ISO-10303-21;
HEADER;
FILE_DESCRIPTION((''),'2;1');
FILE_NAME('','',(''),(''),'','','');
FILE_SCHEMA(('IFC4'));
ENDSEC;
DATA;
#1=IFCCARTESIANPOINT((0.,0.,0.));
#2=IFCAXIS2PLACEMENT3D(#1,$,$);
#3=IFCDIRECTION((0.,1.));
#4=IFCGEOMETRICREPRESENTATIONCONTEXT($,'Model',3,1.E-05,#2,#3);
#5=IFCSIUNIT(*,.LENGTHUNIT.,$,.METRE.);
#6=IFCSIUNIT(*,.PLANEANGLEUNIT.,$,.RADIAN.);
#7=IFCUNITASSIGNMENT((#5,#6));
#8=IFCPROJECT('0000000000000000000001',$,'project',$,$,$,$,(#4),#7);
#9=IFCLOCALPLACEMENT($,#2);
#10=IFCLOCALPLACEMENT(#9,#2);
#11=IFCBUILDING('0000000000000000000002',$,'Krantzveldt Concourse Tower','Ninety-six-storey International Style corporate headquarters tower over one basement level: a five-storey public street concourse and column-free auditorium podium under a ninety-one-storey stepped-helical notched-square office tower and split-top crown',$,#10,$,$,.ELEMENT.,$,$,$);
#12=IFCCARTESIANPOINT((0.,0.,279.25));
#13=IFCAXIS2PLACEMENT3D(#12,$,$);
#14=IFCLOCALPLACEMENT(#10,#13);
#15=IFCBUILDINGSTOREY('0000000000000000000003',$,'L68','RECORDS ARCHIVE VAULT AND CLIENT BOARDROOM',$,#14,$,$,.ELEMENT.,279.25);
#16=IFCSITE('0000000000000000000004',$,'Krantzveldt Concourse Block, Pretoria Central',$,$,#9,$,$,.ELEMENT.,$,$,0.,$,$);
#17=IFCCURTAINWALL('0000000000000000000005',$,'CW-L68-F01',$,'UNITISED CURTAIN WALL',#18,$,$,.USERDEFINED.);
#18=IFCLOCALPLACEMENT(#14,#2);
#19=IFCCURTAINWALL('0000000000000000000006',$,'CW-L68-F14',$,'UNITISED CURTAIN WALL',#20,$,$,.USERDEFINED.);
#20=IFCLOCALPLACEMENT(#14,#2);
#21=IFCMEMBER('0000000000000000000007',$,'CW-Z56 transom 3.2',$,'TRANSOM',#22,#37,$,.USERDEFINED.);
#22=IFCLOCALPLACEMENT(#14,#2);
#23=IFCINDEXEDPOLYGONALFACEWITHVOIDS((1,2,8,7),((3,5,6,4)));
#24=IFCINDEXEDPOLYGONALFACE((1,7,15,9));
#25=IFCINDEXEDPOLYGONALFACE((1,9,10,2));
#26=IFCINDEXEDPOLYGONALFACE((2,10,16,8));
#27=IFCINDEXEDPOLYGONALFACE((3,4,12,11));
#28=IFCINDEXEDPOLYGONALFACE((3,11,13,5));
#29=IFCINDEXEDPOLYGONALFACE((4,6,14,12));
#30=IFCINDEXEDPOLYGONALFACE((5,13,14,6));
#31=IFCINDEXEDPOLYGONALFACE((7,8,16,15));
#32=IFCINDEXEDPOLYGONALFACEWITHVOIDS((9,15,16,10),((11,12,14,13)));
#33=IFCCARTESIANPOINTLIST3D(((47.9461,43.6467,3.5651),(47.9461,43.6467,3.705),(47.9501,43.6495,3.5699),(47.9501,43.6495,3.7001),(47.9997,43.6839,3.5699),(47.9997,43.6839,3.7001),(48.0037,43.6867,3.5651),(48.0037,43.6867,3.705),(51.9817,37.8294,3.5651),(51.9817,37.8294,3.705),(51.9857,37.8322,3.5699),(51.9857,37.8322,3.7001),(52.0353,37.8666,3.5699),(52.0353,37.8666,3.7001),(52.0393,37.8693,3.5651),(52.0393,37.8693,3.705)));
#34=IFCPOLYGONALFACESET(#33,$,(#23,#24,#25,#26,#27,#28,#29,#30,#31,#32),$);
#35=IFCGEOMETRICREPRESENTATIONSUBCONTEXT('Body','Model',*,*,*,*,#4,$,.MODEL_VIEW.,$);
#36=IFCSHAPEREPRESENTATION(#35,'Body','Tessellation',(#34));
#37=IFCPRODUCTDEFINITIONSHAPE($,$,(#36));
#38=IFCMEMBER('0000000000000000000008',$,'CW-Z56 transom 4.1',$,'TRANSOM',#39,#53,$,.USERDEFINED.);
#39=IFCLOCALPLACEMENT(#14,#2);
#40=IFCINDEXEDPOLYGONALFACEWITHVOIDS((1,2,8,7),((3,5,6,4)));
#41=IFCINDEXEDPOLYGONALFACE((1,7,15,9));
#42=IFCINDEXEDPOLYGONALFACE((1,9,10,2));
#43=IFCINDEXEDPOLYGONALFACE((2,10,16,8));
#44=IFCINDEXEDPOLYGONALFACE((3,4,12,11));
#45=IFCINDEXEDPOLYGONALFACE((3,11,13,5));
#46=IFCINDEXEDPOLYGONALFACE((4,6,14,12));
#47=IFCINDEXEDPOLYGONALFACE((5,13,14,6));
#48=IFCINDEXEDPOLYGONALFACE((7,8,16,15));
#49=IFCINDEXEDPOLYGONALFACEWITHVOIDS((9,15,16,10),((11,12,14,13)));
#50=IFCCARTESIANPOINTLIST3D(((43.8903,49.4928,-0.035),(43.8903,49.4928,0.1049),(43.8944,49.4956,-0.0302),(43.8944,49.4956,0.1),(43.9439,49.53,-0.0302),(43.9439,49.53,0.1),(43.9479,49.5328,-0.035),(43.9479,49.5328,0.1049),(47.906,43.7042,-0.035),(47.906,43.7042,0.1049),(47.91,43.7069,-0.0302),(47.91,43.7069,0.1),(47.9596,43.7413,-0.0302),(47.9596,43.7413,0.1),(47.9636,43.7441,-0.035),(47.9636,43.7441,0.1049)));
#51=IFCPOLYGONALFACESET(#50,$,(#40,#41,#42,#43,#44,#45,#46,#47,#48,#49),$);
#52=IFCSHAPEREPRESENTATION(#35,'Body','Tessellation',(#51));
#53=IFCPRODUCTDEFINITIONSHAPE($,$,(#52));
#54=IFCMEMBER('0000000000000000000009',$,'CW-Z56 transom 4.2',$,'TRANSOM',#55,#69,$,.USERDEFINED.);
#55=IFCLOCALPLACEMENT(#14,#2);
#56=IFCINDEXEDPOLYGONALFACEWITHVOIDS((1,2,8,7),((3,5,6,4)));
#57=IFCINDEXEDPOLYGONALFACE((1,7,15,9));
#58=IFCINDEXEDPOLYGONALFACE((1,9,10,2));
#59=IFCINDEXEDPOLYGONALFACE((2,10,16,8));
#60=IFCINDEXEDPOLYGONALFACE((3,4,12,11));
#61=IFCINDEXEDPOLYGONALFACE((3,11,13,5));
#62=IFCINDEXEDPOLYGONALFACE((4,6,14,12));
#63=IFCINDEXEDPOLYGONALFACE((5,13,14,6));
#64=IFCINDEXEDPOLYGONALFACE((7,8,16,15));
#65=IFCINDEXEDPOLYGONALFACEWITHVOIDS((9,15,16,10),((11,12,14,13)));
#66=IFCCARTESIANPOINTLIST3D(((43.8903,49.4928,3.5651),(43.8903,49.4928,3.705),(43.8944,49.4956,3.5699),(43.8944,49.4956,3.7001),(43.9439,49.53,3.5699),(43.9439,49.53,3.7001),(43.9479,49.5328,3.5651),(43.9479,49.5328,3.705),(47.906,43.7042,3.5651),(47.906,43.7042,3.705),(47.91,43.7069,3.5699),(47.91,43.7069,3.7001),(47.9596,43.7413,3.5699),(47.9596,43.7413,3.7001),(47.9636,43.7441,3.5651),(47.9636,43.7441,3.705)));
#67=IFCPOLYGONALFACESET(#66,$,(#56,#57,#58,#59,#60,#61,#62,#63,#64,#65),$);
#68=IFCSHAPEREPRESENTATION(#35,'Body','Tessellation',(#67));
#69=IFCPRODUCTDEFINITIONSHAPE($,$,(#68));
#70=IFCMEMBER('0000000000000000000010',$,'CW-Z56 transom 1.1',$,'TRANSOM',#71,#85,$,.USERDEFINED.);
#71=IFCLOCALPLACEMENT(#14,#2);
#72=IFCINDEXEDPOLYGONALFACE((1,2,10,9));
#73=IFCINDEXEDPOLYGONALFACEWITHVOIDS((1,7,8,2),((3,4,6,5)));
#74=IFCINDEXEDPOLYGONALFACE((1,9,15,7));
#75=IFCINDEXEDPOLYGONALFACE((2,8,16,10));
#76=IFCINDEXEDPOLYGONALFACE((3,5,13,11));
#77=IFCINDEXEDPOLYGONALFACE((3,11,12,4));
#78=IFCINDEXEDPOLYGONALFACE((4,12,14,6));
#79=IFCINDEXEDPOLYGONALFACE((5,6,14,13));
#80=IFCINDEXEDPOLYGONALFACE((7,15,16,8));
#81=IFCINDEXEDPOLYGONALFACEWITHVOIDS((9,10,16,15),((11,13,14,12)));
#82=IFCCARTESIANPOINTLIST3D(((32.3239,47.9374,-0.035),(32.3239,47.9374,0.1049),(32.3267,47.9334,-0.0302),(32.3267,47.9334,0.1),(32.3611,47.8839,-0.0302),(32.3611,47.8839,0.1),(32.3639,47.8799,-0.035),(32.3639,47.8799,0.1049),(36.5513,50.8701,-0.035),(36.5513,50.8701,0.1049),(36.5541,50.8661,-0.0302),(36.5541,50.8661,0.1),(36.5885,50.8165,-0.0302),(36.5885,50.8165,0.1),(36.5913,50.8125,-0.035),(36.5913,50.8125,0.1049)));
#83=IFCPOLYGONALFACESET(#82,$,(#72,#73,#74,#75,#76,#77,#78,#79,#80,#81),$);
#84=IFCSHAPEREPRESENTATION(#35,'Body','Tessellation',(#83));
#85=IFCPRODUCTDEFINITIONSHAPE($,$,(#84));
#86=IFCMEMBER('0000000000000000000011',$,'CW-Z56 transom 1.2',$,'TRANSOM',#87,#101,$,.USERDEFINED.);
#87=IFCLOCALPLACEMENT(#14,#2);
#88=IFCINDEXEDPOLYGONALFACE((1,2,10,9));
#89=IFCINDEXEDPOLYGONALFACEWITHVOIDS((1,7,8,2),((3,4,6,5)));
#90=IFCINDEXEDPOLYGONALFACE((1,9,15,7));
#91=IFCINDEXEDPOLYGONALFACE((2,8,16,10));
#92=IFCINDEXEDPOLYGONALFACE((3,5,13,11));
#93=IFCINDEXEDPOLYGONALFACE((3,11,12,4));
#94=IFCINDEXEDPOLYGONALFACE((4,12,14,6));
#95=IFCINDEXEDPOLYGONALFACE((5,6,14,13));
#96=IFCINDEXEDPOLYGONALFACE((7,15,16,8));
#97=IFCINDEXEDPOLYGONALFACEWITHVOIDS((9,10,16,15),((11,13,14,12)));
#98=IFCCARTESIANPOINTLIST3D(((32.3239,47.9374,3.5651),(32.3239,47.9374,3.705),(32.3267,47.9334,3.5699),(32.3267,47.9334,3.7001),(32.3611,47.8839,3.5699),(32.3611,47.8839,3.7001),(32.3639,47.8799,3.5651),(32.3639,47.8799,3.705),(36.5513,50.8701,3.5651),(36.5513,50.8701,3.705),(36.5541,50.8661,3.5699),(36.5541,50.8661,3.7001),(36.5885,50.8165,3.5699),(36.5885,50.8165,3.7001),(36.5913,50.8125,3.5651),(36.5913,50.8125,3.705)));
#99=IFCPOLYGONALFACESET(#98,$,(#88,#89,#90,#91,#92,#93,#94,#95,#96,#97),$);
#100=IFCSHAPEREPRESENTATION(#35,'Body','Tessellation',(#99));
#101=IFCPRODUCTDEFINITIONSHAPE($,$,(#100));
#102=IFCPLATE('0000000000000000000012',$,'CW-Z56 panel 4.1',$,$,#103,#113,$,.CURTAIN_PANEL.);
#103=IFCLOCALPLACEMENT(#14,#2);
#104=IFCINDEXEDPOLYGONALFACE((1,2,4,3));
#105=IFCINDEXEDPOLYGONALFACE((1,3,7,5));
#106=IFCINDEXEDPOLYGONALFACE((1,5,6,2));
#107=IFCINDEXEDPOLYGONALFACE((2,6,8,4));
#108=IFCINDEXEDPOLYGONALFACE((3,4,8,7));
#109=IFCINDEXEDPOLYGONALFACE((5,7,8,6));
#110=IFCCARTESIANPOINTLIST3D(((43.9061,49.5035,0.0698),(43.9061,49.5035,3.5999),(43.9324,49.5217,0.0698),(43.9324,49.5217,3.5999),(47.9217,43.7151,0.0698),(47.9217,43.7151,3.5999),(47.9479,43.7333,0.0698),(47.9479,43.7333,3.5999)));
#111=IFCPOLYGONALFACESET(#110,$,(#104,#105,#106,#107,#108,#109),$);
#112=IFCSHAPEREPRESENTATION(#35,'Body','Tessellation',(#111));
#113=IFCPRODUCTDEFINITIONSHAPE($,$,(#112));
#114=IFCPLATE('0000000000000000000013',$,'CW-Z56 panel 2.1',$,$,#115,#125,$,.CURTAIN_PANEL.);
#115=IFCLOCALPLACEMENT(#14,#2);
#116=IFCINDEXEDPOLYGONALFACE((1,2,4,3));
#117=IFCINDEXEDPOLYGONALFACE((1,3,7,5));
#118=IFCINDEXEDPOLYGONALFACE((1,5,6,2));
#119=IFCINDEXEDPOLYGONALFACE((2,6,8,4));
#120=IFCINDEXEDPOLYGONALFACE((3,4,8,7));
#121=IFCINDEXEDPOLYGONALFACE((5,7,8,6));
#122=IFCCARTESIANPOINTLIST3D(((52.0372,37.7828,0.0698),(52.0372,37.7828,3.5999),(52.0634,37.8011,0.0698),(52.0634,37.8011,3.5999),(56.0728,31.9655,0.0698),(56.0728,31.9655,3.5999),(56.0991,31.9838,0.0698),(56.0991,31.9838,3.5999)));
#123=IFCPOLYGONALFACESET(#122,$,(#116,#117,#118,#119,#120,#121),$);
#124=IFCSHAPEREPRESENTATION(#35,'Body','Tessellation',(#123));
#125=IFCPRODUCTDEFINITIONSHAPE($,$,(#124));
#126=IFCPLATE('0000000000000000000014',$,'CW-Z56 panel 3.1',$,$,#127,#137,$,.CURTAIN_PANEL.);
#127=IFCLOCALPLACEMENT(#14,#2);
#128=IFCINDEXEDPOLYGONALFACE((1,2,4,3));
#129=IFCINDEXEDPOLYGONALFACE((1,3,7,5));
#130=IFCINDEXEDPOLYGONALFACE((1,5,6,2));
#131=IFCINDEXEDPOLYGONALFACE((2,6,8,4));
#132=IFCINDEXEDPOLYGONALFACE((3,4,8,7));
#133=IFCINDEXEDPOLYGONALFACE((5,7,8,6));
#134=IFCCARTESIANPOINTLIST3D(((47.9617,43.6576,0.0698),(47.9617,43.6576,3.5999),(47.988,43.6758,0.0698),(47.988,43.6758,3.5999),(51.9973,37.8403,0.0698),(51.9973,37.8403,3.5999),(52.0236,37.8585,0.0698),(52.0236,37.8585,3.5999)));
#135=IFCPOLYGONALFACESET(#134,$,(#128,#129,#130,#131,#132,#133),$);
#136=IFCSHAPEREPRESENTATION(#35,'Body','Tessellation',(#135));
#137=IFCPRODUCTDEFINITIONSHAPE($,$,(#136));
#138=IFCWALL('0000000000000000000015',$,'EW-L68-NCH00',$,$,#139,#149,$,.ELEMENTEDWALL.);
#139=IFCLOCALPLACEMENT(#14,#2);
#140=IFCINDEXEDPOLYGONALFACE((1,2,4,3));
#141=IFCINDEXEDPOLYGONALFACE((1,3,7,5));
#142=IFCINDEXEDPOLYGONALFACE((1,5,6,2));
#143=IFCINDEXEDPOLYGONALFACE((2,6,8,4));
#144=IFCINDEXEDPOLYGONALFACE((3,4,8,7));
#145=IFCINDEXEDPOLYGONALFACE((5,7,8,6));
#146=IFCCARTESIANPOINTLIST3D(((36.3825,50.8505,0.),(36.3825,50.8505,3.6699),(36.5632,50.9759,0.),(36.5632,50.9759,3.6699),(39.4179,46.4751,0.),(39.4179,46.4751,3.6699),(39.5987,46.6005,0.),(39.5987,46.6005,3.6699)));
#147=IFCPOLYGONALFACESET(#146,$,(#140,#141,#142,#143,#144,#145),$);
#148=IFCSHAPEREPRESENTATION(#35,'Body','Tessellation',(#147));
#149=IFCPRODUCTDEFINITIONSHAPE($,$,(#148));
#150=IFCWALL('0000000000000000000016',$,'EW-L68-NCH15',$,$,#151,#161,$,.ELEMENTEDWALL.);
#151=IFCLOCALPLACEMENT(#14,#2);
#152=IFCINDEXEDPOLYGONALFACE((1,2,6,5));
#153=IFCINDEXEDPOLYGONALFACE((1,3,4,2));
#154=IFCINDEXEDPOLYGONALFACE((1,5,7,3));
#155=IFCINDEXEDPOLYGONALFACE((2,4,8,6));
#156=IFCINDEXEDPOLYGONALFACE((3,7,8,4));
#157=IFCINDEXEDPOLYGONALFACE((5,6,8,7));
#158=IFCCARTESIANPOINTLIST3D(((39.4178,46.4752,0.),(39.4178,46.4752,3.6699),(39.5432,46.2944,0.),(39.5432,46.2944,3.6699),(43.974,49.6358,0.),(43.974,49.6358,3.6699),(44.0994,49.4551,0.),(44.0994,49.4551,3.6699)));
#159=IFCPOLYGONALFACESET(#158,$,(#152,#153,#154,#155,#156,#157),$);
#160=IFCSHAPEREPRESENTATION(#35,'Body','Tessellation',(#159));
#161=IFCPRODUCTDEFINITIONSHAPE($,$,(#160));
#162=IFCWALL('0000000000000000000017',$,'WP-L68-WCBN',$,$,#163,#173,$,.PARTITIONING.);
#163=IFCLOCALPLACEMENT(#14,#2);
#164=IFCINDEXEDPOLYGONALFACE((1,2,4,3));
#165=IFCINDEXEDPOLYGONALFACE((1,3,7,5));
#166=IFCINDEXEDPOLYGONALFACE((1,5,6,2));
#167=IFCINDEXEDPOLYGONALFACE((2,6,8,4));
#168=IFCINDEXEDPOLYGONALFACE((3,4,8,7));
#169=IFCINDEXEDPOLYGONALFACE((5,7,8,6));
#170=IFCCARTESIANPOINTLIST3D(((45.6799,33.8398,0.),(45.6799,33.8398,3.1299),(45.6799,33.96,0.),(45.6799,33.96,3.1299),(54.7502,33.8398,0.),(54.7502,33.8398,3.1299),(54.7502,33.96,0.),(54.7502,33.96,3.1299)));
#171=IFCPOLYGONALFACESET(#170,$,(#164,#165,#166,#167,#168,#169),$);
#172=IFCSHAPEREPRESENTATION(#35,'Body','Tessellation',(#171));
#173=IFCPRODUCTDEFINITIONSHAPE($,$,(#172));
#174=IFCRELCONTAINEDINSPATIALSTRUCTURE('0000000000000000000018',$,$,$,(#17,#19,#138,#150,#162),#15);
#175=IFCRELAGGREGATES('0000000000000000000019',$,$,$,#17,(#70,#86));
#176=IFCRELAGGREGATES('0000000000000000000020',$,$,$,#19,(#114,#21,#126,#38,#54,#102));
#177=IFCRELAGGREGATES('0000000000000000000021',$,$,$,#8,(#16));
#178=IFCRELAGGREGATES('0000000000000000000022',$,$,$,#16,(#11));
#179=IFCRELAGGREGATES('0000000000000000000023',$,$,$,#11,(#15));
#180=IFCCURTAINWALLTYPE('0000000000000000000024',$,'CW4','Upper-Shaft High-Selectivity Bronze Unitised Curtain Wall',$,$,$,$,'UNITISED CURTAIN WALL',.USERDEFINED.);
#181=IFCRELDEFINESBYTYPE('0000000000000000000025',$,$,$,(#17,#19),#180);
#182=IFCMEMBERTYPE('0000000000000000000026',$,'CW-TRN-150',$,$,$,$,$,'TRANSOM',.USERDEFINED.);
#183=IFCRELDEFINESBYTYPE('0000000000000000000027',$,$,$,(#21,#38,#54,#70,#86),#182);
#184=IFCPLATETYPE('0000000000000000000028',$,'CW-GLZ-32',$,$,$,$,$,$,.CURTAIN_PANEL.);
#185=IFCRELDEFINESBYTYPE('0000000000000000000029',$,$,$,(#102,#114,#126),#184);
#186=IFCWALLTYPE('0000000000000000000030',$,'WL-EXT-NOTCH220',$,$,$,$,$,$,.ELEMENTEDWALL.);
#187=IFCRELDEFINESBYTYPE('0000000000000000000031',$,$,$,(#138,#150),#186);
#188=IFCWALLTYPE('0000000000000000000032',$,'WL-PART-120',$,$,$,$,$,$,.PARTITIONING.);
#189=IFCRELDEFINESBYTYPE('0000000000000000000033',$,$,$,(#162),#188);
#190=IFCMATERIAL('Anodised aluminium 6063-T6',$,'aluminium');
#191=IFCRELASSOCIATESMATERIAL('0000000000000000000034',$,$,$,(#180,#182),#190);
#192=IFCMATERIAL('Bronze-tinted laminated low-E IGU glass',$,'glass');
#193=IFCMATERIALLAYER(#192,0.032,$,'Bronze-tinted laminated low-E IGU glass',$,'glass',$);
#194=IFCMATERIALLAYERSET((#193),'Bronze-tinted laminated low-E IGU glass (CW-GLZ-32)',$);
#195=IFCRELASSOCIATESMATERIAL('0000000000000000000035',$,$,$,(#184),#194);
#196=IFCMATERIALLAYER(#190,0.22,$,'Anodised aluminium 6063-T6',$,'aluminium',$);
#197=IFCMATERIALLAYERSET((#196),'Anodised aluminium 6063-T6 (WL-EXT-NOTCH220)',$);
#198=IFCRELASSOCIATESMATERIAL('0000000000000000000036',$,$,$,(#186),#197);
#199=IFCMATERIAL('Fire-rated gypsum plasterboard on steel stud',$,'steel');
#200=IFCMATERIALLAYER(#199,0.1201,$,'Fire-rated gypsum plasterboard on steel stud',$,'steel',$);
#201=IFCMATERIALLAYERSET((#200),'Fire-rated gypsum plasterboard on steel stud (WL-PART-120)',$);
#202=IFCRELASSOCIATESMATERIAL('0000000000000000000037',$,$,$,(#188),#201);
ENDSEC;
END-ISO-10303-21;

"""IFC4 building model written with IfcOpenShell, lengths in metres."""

from ifc_helpers import new_model, si_unit, direction, frame, frame_2d, origin, origin_2d, place, context, subcontext, project, spatial, rectangle, hollow_rectangle, extrude, source, transform, mapped, material, layer, layer_set, material_profile, profile_set, type_object, type_shapes, element, aggregate, save


model = new_model("IFC4")

# Units and contexts
model_context = context("Model", 3, precision=1e-05, world=origin(), true_north=direction((0.0, 1.0)))
body_context = subcontext(model_context, "Body", "Model", "MODEL_VIEW")
ifc_project = project(units=[si_unit("LENGTHUNIT", "METRE"), si_unit("PLANEANGLEUNIT", "RADIAN")], contexts=[model_context])

# Site, building, storey
site_placement = place(None, origin())
site = spatial("IfcSite", under=ifc_project, at=site_placement, Name="Krantzveldt Concourse Block, Pretoria Central", CompositionType="ELEMENT", RefElevation=0.0)
building_placement = place(site_placement, origin())
building = spatial("IfcBuilding", under=site, at=building_placement, Name="Krantzveldt Concourse Tower", Description="Ninety-six-storey International Style corporate headquarters tower over one basement level: a five-storey public street concourse and column-free auditorium podium under a ninety-one-storey stepped-helical notched-square office tower and split-top crown", CompositionType="ELEMENT")
storey_placement = place(building_placement, frame((0.0, 0.0, 279.25)))
storey = spatial("IfcBuildingStorey", under=building, at=storey_placement, Name="L68", Description="RECORDS ARCHIVE VAULT AND CLIENT BOARDROOM", CompositionType="ELEMENT", Elevation=279.25)

# Curtain wall
ifc_material_1 = material(Name="Anodised aluminium 6063-T6", Category="aluminium")
curtain_wall_type = type_object("IfcCurtainWallType", Name="CW4", Description="Upper-Shaft High-Selectivity Bronze Unitised Curtain Wall", ElementType="UNITISED CURTAIN WALL", PredefinedType="USERDEFINED", material=ifc_material_1)
curtain_wall_1_placement = place(storey_placement, origin())
curtain_wall_1 = element("IfcCurtainWall", 1, at=curtain_wall_1_placement, inside=storey, type_object=curtain_wall_type, Name="CW-L68-F01", ObjectType="UNITISED CURTAIN WALL", PredefinedType="USERDEFINED")

# Curtain wall, members
curtain_wall_2_placement = place(storey_placement, origin())
curtain_wall_2 = element("IfcCurtainWall", 2, at=curtain_wall_2_placement, inside=storey, type_object=curtain_wall_type, Name="CW-L68-F14", ObjectType="UNITISED CURTAIN WALL", PredefinedType="USERDEFINED")
ifc_material_profile_1 = material_profile(ifc_material_1, hollow_rectangle(XDim=0.0701, YDim=0.1399, WallThickness=0.0049, at=origin_2d()), Name="Anodised aluminium 6063-T6", Category="aluminium")
ifc_profile_set_1 = profile_set([ifc_material_profile_1], Name="Anodised aluminium 6063-T6 - ALU-TRAN 140x70x5")
member_type_1 = type_object("IfcMemberType", Name="CW-TRN-150", ElementType="TRANSOM", PredefinedType="USERDEFINED", material=ifc_profile_set_1)
shared_shape_1 = source(origin(), body_context, "Body", "SweptSolid", [
    extrude(hollow_rectangle(XDim=0.0701, YDim=0.1399, WallThickness=0.0049, at=origin_2d()), origin(), (0.0, 0.0, 1.0), 7.0801),
])
member_1_placement = place(storey_placement, frame((52.0105, 37.8494, 3.635), z_axis=(-0.569995, 0.821648, 0.0), x_axis=(-0.821648, -0.569995, 0.0)))
member_1 = element("IfcMember", 3, at=member_1_placement, type_object=member_type_1, Name="CW-Z56 transom 3.2", ObjectType="TRANSOM", PredefinedType="USERDEFINED", context=body_context, shape_type="MappedRepresentation", body=[
    mapped(shared_shape_1, transform((0.0, 0.0, 0.0), x_axis=(1.0, 0.0, 0.0), y_axis=(0.0, 1.0, 0.0), z_axis=(0.0, 0.0, 1.0), scale=1.0)),
])
shared_shape_2 = source(origin(), body_context, "Body", "SweptSolid", [
    extrude(hollow_rectangle(XDim=0.0701, YDim=0.1399, WallThickness=0.0049, at=origin_2d()), origin(), (0.0, 0.0, 1.0), 7.0452),
])
member_2_placement = place(storey_placement, frame((47.9348, 43.7241, 0.0349), z_axis=(-0.569992, 0.82165, 0.0), x_axis=(-0.82165, -0.569992, 0.0)))
member_2 = element("IfcMember", 4, at=member_2_placement, type_object=member_type_1, Name="CW-Z56 transom 4.1", ObjectType="TRANSOM", PredefinedType="USERDEFINED", context=body_context, shape_type="MappedRepresentation", body=[
    mapped(shared_shape_2, transform((0.0, 0.0, 0.0), x_axis=(1.0, 0.0, 0.0), y_axis=(0.0, 1.0, 0.0), z_axis=(0.0, 0.0, 1.0), scale=1.0)),
])
member_3_placement = place(storey_placement, frame((47.9348, 43.7241, 3.635), z_axis=(-0.569992, 0.82165, 0.0), x_axis=(-0.82165, -0.569992, 0.0)))
member_3 = element("IfcMember", 5, at=member_3_placement, type_object=member_type_1, Name="CW-Z56 transom 4.2", ObjectType="TRANSOM", PredefinedType="USERDEFINED", context=body_context, shape_type="MappedRepresentation", body=[
    mapped(shared_shape_2, transform((0.0, 0.0, 0.0), x_axis=(1.0, 0.0, 0.0), y_axis=(0.0, 1.0, 0.0), z_axis=(0.0, 0.0, 1.0), scale=1.0)),
])

# Members
shared_shape_3 = source(origin(), body_context, "Body", "SweptSolid", [
    extrude(hollow_rectangle(XDim=0.0701, YDim=0.1399, WallThickness=0.0049, at=origin_2d()), origin(), (0.0, 0.0, 1.0), 5.145),
])
type_shapes(member_type_1, [shared_shape_1, shared_shape_2, shared_shape_3])
member_4_placement = place(storey_placement, frame((36.5713, 50.8413, 0.0349), z_axis=(-0.821643, -0.570002, 0.0), x_axis=(0.570002, -0.821643, 0.0)))
member_4 = element("IfcMember", 6, at=member_4_placement, type_object=member_type_1, Name="CW-Z56 transom 1.1", ObjectType="TRANSOM", PredefinedType="USERDEFINED", context=body_context, shape_type="MappedRepresentation", body=[
    mapped(shared_shape_3, transform((0.0, 0.0, 0.0), x_axis=(1.0, 0.0, 0.0), y_axis=(0.0, 1.0, 0.0), z_axis=(0.0, 0.0, 1.0), scale=1.0)),
])
member_5_placement = place(storey_placement, frame((36.5713, 50.8413, 3.635), z_axis=(-0.821643, -0.570002, 0.0), x_axis=(0.570002, -0.821643, 0.0)))
member_5 = element("IfcMember", 7, at=member_5_placement, type_object=member_type_1, Name="CW-Z56 transom 1.2", ObjectType="TRANSOM", PredefinedType="USERDEFINED", context=body_context, shape_type="MappedRepresentation", body=[
    mapped(shared_shape_3, transform((0.0, 0.0, 0.0), x_axis=(1.0, 0.0, 0.0), y_axis=(0.0, 1.0, 0.0), z_axis=(0.0, 0.0, 1.0), scale=1.0)),
])
aggregate(curtain_wall_1, [member_4, member_5])

# Plates
ifc_material_2 = material(Name="Bronze-tinted laminated low-E IGU glass", Category="glass")
ifc_layer_1 = layer(ifc_material_2, 0.032, Name="Bronze-tinted laminated low-E IGU glass", Category="glass")
ifc_layer_set_1 = layer_set([ifc_layer_1], Name="Bronze-tinted laminated low-E IGU glass (CW-GLZ-32)")
plate_type = type_object("IfcPlateType", Name="CW-GLZ-32", PredefinedType="CURTAIN_PANEL", material=ifc_layer_set_1)
shared_shape_4 = source(origin(), body_context, "Body", "SweptSolid", [
    extrude(rectangle(XDim=7.0449, YDim=0.032, at=origin_2d()), origin(), (0.0, 0.0, 1.0), 3.53),
])
plate_1_placement = place(storey_placement, frame((45.927, 46.6184, 0.0698), z_axis=(0.0, 0.0, 1.0), x_axis=(-0.569997, 0.821647, 0.0)))
plate_1 = element("IfcPlate", 8, at=plate_1_placement, type_object=plate_type, Name="CW-Z56 panel 4.1", PredefinedType="CURTAIN_PANEL", context=body_context, shape_type="MappedRepresentation", body=[
    mapped(shared_shape_4, transform((0.0, 0.0, 0.0), x_axis=(1.0, 0.0, 0.0), y_axis=(0.0, 1.0, 0.0), z_axis=(0.0, 0.0, 1.0), scale=1.0)),
])
shared_shape_5 = source(origin(), body_context, "Body", "SweptSolid", [
    extrude(rectangle(XDim=7.0801, YDim=0.032, at=origin_2d()), origin(), (0.0, 0.0, 1.0), 3.53),
])
type_shapes(plate_type, [shared_shape_4, shared_shape_5])
plate_2_placement = place(storey_placement, frame((54.0681, 34.8833, 0.0698), z_axis=(0.0, 0.0, 1.0), x_axis=(-0.569997, 0.821647, 0.0)))
plate_2 = element("IfcPlate", 9, at=plate_2_placement, type_object=plate_type, Name="CW-Z56 panel 2.1", PredefinedType="CURTAIN_PANEL", context=body_context, shape_type="MappedRepresentation", body=[
    mapped(shared_shape_5, transform((0.0, 0.0, 0.0), x_axis=(1.0, 0.0, 0.0), y_axis=(0.0, 1.0, 0.0), z_axis=(0.0, 0.0, 1.0), scale=1.0)),
])
plate_3_placement = place(storey_placement, frame((49.9927, 40.7581, 0.0698), z_axis=(0.0, 0.0, 1.0), x_axis=(-0.569997, 0.821647, 0.0)))
plate_3 = element("IfcPlate", 10, at=plate_3_placement, type_object=plate_type, Name="CW-Z56 panel 3.1", PredefinedType="CURTAIN_PANEL", context=body_context, shape_type="MappedRepresentation", body=[
    mapped(shared_shape_5, transform((0.0, 0.0, 0.0), x_axis=(1.0, 0.0, 0.0), y_axis=(0.0, 1.0, 0.0), z_axis=(0.0, 0.0, 1.0), scale=1.0)),
])
aggregate(curtain_wall_2, [plate_2, member_1, plate_3, member_2, member_3, plate_1])

# Walls
ifc_layer_2 = layer(ifc_material_1, 0.22, Name="Anodised aluminium 6063-T6", Category="aluminium")
ifc_layer_set_2 = layer_set([ifc_layer_2], Name="Anodised aluminium 6063-T6 (WL-EXT-NOTCH220)")
wall_type_1 = type_object("IfcWallType", Name="WL-EXT-NOTCH220", PredefinedType="ELEMENTEDWALL", material=ifc_layer_set_2)
wall_1_placement = place(storey_placement, frame((39.5083, 46.5378, 0.0), z_axis=(0.0, 0.0, 1.0), x_axis=(-0.57002, 0.821631, 0.0)))
element("IfcWall", 11, at=wall_1_placement, inside=storey, type_object=wall_type_1, Name="EW-L68-NCH00", PredefinedType="ELEMENTEDWALL", context=body_context, shape_type="SweptSolid", body=[
    extrude(rectangle(XDim=5.3252, YDim=0.22, at=frame_2d((2.6626, 0.0))), origin(), (0.0, 0.0, 1.0), 3.6699),
])
wall_2_placement = place(storey_placement, frame((44.0366, 49.5454, 0.0), z_axis=(0.0, 0.0, 1.0), x_axis=(-0.821653, -0.569988, 0.0)))
element("IfcWall", 12, at=wall_2_placement, inside=storey, type_object=wall_type_1, Name="EW-L68-NCH15", PredefinedType="ELEMENTEDWALL", context=body_context, shape_type="SweptSolid", body=[
    extrude(rectangle(XDim=5.5452, YDim=0.22, at=frame_2d((2.7725, 0.0))), origin(), (0.0, 0.0, 1.0), 3.6699),
])
ifc_material_3 = material(Name="Fire-rated gypsum plasterboard on steel stud", Category="steel")
ifc_layer_3 = layer(ifc_material_3, 0.1201, Name="Fire-rated gypsum plasterboard on steel stud", Category="steel")
ifc_layer_set_3 = layer_set([ifc_layer_3], Name="Fire-rated gypsum plasterboard on steel stud (WL-PART-120)")
wall_type_2 = type_object("IfcWallType", Name="WL-PART-120", PredefinedType="PARTITIONING", material=ifc_layer_set_3)
wall_3_placement = place(storey_placement, frame((45.6799, 33.8999, 0.0), z_axis=(0.0, 0.0, 1.0), x_axis=(1.0, 0.0, 0.0)))
element("IfcWall", 13, at=wall_3_placement, inside=storey, type_object=wall_type_2, Name="WP-L68-WCBN", PredefinedType="PARTITIONING", context=body_context, shape_type="SweptSolid", body=[
    extrude(rectangle(XDim=9.0703, YDim=0.1201, at=frame_2d((4.5352, 0.0))), origin(), (0.0, 0.0, 1.0), 3.1299),
])

save(model, "model.ifc")
